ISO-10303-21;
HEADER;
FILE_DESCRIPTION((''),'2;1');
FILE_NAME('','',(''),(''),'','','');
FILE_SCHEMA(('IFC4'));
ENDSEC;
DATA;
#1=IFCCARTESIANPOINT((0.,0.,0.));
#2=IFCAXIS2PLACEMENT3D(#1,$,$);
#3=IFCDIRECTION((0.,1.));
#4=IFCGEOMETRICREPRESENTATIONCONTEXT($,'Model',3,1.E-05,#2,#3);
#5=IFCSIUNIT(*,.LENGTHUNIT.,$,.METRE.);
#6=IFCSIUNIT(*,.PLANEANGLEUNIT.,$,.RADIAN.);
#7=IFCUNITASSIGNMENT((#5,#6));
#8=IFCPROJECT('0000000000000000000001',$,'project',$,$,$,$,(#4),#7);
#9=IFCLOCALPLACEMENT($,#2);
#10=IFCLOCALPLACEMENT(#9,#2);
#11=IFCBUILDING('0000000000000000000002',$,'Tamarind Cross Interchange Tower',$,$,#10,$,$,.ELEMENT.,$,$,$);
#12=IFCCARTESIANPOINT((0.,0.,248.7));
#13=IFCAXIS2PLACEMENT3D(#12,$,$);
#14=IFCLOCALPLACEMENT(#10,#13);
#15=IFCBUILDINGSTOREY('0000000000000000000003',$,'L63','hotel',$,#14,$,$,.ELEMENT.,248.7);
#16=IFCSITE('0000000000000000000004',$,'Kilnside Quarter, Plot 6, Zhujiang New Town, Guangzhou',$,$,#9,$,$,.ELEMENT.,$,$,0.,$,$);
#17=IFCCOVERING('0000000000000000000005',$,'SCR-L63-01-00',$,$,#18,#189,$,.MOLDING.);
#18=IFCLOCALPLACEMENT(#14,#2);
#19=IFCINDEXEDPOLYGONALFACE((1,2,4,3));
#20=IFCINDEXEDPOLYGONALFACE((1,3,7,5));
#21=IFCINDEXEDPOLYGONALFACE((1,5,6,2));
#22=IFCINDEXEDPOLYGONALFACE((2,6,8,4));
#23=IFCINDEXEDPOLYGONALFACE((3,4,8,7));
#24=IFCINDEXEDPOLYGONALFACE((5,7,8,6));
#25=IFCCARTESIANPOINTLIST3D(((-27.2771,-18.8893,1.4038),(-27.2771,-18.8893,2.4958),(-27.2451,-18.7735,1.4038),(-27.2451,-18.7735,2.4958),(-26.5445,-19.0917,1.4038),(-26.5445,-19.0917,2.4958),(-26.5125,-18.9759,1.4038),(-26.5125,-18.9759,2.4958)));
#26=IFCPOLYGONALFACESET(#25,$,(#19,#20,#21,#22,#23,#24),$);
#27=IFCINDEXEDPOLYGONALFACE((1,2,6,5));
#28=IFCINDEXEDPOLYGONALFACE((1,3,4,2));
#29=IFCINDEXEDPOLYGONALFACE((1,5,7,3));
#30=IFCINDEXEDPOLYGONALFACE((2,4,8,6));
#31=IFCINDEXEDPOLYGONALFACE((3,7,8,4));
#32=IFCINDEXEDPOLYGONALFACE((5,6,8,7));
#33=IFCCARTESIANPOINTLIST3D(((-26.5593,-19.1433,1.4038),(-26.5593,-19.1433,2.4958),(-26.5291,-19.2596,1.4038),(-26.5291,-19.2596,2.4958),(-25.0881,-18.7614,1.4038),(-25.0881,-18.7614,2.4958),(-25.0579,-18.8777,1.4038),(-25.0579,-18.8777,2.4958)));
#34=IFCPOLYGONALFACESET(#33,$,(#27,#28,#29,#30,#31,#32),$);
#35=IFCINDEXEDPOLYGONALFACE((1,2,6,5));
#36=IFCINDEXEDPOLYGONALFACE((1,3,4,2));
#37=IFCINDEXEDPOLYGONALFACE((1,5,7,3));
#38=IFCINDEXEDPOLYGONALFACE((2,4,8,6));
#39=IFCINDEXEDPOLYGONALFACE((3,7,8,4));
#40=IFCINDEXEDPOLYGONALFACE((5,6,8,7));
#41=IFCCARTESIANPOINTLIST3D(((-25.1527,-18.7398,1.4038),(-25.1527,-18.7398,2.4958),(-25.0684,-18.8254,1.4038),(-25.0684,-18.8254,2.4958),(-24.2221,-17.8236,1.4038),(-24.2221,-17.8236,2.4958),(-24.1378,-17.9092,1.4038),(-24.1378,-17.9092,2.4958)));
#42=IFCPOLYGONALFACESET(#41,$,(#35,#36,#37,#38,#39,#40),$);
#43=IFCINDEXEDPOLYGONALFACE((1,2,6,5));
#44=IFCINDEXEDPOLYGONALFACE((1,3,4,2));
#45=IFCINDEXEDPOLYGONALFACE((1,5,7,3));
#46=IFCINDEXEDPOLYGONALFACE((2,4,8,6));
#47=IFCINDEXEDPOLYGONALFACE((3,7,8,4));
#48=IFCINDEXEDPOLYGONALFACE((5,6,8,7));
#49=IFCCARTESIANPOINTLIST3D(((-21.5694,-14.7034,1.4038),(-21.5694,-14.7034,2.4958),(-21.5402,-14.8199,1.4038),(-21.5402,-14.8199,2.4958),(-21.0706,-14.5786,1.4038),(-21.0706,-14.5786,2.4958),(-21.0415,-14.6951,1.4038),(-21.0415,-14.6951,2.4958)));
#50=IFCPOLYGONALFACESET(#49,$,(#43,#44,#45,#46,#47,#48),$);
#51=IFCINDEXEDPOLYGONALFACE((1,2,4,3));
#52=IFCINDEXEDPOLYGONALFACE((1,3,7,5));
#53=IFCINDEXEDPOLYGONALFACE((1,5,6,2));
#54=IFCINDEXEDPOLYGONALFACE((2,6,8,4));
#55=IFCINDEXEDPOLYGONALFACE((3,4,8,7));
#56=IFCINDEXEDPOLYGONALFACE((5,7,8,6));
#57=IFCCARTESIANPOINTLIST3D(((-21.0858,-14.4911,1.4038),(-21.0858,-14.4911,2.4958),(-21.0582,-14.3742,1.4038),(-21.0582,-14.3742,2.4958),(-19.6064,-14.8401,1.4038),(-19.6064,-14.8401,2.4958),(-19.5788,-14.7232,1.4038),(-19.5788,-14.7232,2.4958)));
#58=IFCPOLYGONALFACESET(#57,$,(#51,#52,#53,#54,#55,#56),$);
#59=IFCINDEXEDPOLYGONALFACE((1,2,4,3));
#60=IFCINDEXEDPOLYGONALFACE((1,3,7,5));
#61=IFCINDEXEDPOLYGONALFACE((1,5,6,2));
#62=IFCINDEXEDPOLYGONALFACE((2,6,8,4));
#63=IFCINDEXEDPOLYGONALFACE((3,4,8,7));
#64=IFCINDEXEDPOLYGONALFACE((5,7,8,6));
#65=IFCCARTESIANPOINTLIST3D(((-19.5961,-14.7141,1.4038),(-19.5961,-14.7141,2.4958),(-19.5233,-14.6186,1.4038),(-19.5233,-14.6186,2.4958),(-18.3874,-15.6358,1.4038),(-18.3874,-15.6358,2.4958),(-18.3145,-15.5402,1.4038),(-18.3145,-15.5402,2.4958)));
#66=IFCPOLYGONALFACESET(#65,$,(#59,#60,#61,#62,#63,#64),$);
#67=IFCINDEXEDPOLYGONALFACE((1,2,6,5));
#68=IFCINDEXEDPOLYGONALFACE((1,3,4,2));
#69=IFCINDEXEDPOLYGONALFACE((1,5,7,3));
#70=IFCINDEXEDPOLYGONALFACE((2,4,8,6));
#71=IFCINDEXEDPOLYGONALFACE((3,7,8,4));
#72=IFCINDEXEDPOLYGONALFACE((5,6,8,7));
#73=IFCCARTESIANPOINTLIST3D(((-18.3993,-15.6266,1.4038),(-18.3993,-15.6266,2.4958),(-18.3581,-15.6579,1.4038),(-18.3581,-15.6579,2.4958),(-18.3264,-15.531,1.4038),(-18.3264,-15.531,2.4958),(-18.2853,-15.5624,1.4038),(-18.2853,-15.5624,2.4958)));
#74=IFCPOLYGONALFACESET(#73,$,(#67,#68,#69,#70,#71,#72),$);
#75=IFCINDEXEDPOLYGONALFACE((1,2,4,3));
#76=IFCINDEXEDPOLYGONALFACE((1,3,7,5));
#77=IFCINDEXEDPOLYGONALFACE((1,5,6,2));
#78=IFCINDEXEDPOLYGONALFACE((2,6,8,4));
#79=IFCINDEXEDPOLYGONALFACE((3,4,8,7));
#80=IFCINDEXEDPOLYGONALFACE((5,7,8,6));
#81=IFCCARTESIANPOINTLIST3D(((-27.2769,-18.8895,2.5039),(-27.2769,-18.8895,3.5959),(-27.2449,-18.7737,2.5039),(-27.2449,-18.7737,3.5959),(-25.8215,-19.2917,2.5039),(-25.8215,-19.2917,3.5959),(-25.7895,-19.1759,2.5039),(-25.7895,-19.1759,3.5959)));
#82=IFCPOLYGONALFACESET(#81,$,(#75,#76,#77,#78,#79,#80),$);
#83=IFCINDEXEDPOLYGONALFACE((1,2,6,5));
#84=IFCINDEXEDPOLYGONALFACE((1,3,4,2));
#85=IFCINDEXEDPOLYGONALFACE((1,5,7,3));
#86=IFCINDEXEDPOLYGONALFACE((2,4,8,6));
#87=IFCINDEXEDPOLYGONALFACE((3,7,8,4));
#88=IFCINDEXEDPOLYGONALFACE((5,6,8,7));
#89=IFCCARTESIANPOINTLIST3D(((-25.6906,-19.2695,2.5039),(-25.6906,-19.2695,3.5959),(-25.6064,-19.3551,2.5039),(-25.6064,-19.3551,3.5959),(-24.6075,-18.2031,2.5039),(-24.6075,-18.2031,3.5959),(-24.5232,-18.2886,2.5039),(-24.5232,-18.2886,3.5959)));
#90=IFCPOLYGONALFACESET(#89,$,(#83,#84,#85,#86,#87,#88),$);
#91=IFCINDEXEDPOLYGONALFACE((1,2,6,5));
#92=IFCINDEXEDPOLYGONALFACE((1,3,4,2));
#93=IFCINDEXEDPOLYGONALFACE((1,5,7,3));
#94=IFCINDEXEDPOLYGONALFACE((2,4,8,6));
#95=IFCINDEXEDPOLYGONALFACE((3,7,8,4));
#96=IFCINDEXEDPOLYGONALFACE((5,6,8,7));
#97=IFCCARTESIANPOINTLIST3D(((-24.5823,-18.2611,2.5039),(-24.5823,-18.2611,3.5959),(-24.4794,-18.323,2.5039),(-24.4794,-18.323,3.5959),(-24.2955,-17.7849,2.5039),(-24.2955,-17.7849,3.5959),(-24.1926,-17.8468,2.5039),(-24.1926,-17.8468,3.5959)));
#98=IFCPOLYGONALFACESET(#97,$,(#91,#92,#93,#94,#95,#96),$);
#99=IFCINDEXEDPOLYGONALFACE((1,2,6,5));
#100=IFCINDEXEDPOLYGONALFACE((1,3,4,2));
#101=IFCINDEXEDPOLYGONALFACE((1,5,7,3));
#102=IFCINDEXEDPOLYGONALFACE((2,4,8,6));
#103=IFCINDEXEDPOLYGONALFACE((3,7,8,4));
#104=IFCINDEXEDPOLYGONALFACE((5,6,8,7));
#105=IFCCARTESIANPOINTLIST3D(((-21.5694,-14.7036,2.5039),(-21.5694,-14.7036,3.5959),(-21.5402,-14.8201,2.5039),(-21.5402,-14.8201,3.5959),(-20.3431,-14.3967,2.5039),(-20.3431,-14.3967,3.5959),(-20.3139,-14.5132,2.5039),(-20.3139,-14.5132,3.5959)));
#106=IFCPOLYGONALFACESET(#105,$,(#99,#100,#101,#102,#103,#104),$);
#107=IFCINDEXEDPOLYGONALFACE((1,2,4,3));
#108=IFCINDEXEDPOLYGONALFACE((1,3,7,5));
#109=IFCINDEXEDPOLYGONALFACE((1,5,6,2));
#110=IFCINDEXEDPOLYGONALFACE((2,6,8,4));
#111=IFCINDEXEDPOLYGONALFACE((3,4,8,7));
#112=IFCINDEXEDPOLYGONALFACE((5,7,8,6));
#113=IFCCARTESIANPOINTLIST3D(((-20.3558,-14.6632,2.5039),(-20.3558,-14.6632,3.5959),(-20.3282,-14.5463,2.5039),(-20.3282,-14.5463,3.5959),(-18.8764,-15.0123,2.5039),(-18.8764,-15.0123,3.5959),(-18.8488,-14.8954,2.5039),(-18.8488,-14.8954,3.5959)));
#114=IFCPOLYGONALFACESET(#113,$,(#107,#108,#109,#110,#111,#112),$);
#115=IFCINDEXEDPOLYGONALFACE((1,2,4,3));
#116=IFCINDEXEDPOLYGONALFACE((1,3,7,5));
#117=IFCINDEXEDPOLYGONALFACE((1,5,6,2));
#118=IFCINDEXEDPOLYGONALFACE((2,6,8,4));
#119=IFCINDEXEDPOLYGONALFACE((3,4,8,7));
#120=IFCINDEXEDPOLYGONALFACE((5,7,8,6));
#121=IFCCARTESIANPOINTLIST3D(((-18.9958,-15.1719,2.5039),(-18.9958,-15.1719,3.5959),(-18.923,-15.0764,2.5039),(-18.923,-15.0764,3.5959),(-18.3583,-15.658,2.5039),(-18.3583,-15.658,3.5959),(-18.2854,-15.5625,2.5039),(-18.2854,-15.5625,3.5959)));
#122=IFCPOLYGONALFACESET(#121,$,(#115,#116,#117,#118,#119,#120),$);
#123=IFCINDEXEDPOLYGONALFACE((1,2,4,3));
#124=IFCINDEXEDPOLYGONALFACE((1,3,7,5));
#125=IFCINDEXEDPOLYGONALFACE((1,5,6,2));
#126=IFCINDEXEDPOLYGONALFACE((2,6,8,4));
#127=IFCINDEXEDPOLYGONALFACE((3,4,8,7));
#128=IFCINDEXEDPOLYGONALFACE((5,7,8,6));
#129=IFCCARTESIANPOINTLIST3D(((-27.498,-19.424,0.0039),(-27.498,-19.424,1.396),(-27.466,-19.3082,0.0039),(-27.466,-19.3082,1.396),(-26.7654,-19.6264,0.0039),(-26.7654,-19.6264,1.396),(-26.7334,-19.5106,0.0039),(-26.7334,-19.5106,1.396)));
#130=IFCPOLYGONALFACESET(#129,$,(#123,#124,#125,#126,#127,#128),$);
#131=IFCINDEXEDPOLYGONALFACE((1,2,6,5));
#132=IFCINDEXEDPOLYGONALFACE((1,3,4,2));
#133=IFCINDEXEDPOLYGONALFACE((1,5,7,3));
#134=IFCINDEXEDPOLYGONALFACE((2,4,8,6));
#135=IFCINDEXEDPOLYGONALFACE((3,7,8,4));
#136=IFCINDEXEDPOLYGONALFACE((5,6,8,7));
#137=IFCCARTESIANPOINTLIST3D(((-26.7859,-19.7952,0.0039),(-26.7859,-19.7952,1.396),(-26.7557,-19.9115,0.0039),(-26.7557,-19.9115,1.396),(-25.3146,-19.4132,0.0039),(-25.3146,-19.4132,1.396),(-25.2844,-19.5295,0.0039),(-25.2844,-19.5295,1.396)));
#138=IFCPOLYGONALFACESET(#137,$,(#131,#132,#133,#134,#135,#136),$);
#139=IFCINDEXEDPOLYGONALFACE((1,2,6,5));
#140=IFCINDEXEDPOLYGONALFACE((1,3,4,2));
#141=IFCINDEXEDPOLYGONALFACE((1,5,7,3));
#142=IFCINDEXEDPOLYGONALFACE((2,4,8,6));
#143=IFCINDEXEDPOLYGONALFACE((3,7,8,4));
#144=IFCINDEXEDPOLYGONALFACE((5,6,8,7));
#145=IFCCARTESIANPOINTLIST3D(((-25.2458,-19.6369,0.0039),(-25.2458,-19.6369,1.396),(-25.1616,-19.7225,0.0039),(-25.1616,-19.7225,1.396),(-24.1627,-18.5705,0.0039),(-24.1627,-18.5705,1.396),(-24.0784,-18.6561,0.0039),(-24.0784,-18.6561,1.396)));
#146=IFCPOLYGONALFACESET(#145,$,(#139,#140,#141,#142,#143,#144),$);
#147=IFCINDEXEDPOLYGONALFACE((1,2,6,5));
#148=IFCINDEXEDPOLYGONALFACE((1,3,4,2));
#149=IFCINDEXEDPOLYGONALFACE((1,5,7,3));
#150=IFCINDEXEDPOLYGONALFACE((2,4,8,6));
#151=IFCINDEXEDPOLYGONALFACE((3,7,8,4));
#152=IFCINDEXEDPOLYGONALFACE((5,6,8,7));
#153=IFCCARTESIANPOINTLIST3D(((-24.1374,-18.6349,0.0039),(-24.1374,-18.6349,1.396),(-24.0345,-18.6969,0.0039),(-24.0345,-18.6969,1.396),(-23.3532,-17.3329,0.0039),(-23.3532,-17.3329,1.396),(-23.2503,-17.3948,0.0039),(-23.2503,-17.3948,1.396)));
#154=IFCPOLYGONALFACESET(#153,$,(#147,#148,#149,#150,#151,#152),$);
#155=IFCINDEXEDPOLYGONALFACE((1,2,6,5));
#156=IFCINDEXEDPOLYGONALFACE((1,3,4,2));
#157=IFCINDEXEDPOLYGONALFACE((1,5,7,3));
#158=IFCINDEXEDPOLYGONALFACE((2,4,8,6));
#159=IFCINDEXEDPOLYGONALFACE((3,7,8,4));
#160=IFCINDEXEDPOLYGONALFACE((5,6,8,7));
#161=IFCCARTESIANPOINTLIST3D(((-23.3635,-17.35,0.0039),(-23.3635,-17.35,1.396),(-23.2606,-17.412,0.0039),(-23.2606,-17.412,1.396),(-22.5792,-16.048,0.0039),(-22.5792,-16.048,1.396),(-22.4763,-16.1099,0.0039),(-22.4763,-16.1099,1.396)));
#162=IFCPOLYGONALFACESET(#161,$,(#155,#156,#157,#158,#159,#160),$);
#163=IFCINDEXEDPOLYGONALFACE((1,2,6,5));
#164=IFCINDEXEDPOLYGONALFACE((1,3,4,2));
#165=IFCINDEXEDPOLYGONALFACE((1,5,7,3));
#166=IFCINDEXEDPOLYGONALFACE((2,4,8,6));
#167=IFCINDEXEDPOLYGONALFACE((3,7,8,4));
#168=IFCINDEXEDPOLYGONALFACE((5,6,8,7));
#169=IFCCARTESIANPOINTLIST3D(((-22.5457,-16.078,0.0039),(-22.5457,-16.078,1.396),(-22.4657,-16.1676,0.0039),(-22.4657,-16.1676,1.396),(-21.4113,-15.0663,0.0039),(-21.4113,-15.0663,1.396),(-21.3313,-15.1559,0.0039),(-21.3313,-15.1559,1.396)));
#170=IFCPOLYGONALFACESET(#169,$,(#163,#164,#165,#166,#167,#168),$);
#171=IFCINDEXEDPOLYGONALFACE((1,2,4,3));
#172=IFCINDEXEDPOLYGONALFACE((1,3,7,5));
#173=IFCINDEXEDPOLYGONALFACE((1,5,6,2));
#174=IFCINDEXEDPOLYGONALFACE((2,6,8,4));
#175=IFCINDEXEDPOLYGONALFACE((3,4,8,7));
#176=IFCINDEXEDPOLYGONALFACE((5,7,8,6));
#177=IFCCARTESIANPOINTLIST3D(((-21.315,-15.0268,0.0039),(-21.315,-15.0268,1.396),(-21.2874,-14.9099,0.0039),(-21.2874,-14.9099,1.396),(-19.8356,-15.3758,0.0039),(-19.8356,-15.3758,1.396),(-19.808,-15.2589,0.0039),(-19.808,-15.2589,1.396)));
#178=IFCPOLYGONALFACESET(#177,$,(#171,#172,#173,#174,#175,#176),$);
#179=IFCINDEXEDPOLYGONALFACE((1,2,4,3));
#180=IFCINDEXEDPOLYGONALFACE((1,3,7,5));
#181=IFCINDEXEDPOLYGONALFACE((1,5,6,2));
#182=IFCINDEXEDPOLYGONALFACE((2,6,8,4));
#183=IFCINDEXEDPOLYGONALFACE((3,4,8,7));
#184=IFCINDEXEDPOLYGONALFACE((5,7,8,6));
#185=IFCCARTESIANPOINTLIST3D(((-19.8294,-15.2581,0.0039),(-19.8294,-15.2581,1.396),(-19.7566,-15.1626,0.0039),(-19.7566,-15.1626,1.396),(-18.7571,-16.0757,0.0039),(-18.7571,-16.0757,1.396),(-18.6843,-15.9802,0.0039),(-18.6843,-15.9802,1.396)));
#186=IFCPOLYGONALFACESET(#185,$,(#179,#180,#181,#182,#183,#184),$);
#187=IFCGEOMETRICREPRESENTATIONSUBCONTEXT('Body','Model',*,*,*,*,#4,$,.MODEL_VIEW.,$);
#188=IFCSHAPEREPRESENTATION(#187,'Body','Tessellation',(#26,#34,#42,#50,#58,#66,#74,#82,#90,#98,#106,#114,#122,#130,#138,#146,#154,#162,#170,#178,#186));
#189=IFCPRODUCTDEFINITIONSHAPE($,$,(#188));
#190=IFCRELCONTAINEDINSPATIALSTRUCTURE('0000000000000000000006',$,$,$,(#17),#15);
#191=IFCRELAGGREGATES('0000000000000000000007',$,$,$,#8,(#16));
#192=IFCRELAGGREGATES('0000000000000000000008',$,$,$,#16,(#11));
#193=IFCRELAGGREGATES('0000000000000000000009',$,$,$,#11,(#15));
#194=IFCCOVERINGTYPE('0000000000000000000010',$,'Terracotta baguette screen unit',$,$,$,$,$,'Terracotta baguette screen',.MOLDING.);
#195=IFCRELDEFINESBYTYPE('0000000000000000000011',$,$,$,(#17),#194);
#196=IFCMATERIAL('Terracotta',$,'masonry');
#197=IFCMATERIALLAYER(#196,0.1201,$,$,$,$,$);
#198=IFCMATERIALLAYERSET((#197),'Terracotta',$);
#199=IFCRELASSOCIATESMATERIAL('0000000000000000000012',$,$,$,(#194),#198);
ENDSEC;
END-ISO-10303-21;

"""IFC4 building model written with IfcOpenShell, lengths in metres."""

from ifc_helpers import new_model, si_unit, direction, frame, origin, origin_2d, place, context, subcontext, project, spatial, rectangle, extrude, material, layer, layer_set, type_object, element, save


model = new_model("IFC4")

# Units and contexts
model_context = context("Model", 3, precision=1e-05, world=origin(), true_north=direction((0.0, 1.0)))
body_context = subcontext(model_context, "Body", "Model", "MODEL_VIEW")
ifc_project = project(units=[si_unit("LENGTHUNIT", "METRE"), si_unit("PLANEANGLEUNIT", "RADIAN")], contexts=[model_context])

# Site, building, storey
site_placement = place(None, origin())
site = spatial("IfcSite", under=ifc_project, at=site_placement, Name="Kilnside Quarter, Plot 6, Zhujiang New Town, Guangzhou", CompositionType="ELEMENT", RefElevation=0.0)
building_placement = place(site_placement, origin())
building = spatial("IfcBuilding", under=site, at=building_placement, Name="Tamarind Cross Interchange Tower", CompositionType="ELEMENT")
storey_placement = place(building_placement, frame((0.0, 0.0, 248.7)))
storey = spatial("IfcBuildingStorey", under=building, at=storey_placement, Name="L63", Description="hotel", CompositionType="ELEMENT", Elevation=248.7)

# Covering
ifc_material_1 = material(Name="Terracotta", Category="masonry")
ifc_layer_1 = layer(ifc_material_1, 0.1201)
ifc_layer_set_1 = layer_set([ifc_layer_1], Name="Terracotta")
covering_type = type_object("IfcCoveringType", Name="Terracotta baguette screen unit", ElementType="Terracotta baguette screen", PredefinedType="MOLDING", material=ifc_layer_set_1)
covering_1_placement = place(storey_placement, origin())
element("IfcCovering", 1, at=covering_1_placement, inside=storey, type_object=covering_type, Name="SCR-L63-01-00", PredefinedType="MOLDING", context=body_context, shape_type="SweptSolid", body=[
    extrude(rectangle(XDim=0.76, YDim=0.1201, at=origin_2d()), frame((-26.8948, -18.9326, 1.4038), z_axis=(0.0, 0.0, 1.0), x_axis=(0.96388, -0.266337, 0.0)), (0.0, 0.0, 1.0), 1.092),
    extrude(rectangle(XDim=1.52, YDim=0.1201, at=origin_2d()), frame((-25.8086, -19.0105, 1.4038), z_axis=(0.0, 0.0, 1.0), x_axis=(0.967913, 0.251286, 0.0)), (0.0, 0.0, 1.0), 1.092),
    extrude(rectangle(XDim=1.3059, YDim=0.1201, at=origin_2d()), frame((-24.6453, -18.3245, 1.4038), z_axis=(0.0, 0.0, 1.0), x_axis=(0.712594, 0.701576, 0.0)), (0.0, 0.0, 1.0), 1.092),
    extrude(rectangle(XDim=0.5142, YDim=0.1201, at=origin_2d()), frame((-21.3054, -14.6992, 1.4038), z_axis=(0.0, 0.0, 1.0), x_axis=(0.970094, 0.242728, 0.0)), (0.0, 0.0, 1.0), 1.092),
    extrude(rectangle(XDim=1.52, YDim=0.1201, at=origin_2d()), frame((-20.3323, -14.6072, 1.4038), z_axis=(0.0, 0.0, 1.0), x_axis=(0.973279, -0.229625, 0.0)), (0.0, 0.0, 1.0), 1.092),
    extrude(rectangle(XDim=1.52, YDim=0.1201, at=origin_2d()), frame((-18.9553, -15.1272, 1.4038), z_axis=(0.0, 0.0, 1.0), x_axis=(0.795219, -0.606322, 0.0)), (0.0, 0.0, 1.0), 1.092),
    extrude(rectangle(XDim=0.0518, YDim=0.1201, at=origin_2d()), frame((-18.3423, -15.5945, 1.4038), z_axis=(0.0, 0.0, 1.0), x_axis=(0.795219, -0.606322, 0.0)), (0.0, 0.0, 1.0), 1.092),
    extrude(rectangle(XDim=1.51, YDim=0.1201, at=origin_2d()), frame((-26.5332, -19.0327, 2.5039), z_axis=(0.0, 0.0, 1.0), x_axis=(0.96388, -0.266337, 0.0)), (0.0, 0.0, 1.0), 1.092),
    extrude(rectangle(XDim=1.52, YDim=0.1201, at=origin_2d()), frame((-25.1069, -18.7791, 2.5039), z_axis=(0.0, 0.0, 1.0), x_axis=(0.712594, 0.701576, 0.0)), (0.0, 0.0, 1.0), 1.092),
    extrude(rectangle(XDim=0.5559, YDim=0.1201, at=origin_2d()), frame((-24.3875, -18.054, 2.5039), z_axis=(0.0, 0.0, 1.0), x_axis=(0.515952, 0.856617, 0.0)), (0.0, 0.0, 1.0), 1.092),
    extrude(rectangle(XDim=1.2642, YDim=0.1201, at=origin_2d()), frame((-20.9417, -14.6084, 2.5039), z_axis=(0.0, 0.0, 1.0), x_axis=(0.970094, 0.242728, 0.0)), (0.0, 0.0, 1.0), 1.092),
    extrude(rectangle(XDim=1.52, YDim=0.1201, at=origin_2d()), frame((-19.6023, -14.7793, 2.5039), z_axis=(0.0, 0.0, 1.0), x_axis=(0.973279, -0.229625, 0.0)), (0.0, 0.0, 1.0), 1.092),
    extrude(rectangle(XDim=0.8018, YDim=0.1201, at=origin_2d()), frame((-18.6406, -15.3672, 2.5039), z_axis=(0.0, 0.0, 1.0), x_axis=(0.795219, -0.606322, 0.0)), (0.0, 0.0, 1.0), 1.092),
    extrude(rectangle(XDim=0.76, YDim=0.1201, at=origin_2d()), frame((-27.1157, -19.4673, 0.0039), z_axis=(0.0, 0.0, 1.0), x_axis=(0.96388, -0.266337, 0.0)), (0.0, 0.0, 1.0), 1.3921),
    extrude(rectangle(XDim=1.52, YDim=0.1201, at=origin_2d()), frame((-26.0352, -19.6624, 0.0039), z_axis=(0.0, 0.0, 1.0), x_axis=(0.967913, 0.251286, 0.0)), (0.0, 0.0, 1.0), 1.3921),
    extrude(rectangle(XDim=1.52, YDim=0.1201, at=origin_2d()), frame((-24.6621, -19.1465, 0.0039), z_axis=(0.0, 0.0, 1.0), x_axis=(0.712594, 0.701576, 0.0)), (0.0, 0.0, 1.0), 1.3921),
    extrude(rectangle(XDim=1.52, YDim=0.1201, at=origin_2d()), frame((-23.6938, -18.0149, 0.0039), z_axis=(0.0, 0.0, 1.0), x_axis=(0.515952, 0.856617, 0.0)), (0.0, 0.0, 1.0), 1.3921),
    extrude(rectangle(XDim=1.52, YDim=0.1201, at=origin_2d()), frame((-22.9199, -16.73, 0.0039), z_axis=(0.0, 0.0, 1.0), x_axis=(0.515952, 0.856617, 0.0)), (0.0, 0.0, 1.0), 1.3921),
    extrude(rectangle(XDim=1.52, YDim=0.1201, at=origin_2d()), frame((-21.9385, -15.6169, 0.0039), z_axis=(0.0, 0.0, 1.0), x_axis=(0.746304, 0.665605, 0.0)), (0.0, 0.0, 1.0), 1.3921),
    extrude(rectangle(XDim=1.52, YDim=0.1201, at=origin_2d()), frame((-20.5615, -15.1428, 0.0039), z_axis=(0.0, 0.0, 1.0), x_axis=(0.973279, -0.229625, 0.0)), (0.0, 0.0, 1.0), 1.3921),
    extrude(rectangle(XDim=1.3484, YDim=0.1201, at=origin_2d()), frame((-19.2568, -15.6191, 0.0039), z_axis=(0.0, 0.0, 1.0), x_axis=(0.795219, -0.606322, 0.0)), (0.0, 0.0, 1.0), 1.3921),
])

save(model, "model.ifc")
